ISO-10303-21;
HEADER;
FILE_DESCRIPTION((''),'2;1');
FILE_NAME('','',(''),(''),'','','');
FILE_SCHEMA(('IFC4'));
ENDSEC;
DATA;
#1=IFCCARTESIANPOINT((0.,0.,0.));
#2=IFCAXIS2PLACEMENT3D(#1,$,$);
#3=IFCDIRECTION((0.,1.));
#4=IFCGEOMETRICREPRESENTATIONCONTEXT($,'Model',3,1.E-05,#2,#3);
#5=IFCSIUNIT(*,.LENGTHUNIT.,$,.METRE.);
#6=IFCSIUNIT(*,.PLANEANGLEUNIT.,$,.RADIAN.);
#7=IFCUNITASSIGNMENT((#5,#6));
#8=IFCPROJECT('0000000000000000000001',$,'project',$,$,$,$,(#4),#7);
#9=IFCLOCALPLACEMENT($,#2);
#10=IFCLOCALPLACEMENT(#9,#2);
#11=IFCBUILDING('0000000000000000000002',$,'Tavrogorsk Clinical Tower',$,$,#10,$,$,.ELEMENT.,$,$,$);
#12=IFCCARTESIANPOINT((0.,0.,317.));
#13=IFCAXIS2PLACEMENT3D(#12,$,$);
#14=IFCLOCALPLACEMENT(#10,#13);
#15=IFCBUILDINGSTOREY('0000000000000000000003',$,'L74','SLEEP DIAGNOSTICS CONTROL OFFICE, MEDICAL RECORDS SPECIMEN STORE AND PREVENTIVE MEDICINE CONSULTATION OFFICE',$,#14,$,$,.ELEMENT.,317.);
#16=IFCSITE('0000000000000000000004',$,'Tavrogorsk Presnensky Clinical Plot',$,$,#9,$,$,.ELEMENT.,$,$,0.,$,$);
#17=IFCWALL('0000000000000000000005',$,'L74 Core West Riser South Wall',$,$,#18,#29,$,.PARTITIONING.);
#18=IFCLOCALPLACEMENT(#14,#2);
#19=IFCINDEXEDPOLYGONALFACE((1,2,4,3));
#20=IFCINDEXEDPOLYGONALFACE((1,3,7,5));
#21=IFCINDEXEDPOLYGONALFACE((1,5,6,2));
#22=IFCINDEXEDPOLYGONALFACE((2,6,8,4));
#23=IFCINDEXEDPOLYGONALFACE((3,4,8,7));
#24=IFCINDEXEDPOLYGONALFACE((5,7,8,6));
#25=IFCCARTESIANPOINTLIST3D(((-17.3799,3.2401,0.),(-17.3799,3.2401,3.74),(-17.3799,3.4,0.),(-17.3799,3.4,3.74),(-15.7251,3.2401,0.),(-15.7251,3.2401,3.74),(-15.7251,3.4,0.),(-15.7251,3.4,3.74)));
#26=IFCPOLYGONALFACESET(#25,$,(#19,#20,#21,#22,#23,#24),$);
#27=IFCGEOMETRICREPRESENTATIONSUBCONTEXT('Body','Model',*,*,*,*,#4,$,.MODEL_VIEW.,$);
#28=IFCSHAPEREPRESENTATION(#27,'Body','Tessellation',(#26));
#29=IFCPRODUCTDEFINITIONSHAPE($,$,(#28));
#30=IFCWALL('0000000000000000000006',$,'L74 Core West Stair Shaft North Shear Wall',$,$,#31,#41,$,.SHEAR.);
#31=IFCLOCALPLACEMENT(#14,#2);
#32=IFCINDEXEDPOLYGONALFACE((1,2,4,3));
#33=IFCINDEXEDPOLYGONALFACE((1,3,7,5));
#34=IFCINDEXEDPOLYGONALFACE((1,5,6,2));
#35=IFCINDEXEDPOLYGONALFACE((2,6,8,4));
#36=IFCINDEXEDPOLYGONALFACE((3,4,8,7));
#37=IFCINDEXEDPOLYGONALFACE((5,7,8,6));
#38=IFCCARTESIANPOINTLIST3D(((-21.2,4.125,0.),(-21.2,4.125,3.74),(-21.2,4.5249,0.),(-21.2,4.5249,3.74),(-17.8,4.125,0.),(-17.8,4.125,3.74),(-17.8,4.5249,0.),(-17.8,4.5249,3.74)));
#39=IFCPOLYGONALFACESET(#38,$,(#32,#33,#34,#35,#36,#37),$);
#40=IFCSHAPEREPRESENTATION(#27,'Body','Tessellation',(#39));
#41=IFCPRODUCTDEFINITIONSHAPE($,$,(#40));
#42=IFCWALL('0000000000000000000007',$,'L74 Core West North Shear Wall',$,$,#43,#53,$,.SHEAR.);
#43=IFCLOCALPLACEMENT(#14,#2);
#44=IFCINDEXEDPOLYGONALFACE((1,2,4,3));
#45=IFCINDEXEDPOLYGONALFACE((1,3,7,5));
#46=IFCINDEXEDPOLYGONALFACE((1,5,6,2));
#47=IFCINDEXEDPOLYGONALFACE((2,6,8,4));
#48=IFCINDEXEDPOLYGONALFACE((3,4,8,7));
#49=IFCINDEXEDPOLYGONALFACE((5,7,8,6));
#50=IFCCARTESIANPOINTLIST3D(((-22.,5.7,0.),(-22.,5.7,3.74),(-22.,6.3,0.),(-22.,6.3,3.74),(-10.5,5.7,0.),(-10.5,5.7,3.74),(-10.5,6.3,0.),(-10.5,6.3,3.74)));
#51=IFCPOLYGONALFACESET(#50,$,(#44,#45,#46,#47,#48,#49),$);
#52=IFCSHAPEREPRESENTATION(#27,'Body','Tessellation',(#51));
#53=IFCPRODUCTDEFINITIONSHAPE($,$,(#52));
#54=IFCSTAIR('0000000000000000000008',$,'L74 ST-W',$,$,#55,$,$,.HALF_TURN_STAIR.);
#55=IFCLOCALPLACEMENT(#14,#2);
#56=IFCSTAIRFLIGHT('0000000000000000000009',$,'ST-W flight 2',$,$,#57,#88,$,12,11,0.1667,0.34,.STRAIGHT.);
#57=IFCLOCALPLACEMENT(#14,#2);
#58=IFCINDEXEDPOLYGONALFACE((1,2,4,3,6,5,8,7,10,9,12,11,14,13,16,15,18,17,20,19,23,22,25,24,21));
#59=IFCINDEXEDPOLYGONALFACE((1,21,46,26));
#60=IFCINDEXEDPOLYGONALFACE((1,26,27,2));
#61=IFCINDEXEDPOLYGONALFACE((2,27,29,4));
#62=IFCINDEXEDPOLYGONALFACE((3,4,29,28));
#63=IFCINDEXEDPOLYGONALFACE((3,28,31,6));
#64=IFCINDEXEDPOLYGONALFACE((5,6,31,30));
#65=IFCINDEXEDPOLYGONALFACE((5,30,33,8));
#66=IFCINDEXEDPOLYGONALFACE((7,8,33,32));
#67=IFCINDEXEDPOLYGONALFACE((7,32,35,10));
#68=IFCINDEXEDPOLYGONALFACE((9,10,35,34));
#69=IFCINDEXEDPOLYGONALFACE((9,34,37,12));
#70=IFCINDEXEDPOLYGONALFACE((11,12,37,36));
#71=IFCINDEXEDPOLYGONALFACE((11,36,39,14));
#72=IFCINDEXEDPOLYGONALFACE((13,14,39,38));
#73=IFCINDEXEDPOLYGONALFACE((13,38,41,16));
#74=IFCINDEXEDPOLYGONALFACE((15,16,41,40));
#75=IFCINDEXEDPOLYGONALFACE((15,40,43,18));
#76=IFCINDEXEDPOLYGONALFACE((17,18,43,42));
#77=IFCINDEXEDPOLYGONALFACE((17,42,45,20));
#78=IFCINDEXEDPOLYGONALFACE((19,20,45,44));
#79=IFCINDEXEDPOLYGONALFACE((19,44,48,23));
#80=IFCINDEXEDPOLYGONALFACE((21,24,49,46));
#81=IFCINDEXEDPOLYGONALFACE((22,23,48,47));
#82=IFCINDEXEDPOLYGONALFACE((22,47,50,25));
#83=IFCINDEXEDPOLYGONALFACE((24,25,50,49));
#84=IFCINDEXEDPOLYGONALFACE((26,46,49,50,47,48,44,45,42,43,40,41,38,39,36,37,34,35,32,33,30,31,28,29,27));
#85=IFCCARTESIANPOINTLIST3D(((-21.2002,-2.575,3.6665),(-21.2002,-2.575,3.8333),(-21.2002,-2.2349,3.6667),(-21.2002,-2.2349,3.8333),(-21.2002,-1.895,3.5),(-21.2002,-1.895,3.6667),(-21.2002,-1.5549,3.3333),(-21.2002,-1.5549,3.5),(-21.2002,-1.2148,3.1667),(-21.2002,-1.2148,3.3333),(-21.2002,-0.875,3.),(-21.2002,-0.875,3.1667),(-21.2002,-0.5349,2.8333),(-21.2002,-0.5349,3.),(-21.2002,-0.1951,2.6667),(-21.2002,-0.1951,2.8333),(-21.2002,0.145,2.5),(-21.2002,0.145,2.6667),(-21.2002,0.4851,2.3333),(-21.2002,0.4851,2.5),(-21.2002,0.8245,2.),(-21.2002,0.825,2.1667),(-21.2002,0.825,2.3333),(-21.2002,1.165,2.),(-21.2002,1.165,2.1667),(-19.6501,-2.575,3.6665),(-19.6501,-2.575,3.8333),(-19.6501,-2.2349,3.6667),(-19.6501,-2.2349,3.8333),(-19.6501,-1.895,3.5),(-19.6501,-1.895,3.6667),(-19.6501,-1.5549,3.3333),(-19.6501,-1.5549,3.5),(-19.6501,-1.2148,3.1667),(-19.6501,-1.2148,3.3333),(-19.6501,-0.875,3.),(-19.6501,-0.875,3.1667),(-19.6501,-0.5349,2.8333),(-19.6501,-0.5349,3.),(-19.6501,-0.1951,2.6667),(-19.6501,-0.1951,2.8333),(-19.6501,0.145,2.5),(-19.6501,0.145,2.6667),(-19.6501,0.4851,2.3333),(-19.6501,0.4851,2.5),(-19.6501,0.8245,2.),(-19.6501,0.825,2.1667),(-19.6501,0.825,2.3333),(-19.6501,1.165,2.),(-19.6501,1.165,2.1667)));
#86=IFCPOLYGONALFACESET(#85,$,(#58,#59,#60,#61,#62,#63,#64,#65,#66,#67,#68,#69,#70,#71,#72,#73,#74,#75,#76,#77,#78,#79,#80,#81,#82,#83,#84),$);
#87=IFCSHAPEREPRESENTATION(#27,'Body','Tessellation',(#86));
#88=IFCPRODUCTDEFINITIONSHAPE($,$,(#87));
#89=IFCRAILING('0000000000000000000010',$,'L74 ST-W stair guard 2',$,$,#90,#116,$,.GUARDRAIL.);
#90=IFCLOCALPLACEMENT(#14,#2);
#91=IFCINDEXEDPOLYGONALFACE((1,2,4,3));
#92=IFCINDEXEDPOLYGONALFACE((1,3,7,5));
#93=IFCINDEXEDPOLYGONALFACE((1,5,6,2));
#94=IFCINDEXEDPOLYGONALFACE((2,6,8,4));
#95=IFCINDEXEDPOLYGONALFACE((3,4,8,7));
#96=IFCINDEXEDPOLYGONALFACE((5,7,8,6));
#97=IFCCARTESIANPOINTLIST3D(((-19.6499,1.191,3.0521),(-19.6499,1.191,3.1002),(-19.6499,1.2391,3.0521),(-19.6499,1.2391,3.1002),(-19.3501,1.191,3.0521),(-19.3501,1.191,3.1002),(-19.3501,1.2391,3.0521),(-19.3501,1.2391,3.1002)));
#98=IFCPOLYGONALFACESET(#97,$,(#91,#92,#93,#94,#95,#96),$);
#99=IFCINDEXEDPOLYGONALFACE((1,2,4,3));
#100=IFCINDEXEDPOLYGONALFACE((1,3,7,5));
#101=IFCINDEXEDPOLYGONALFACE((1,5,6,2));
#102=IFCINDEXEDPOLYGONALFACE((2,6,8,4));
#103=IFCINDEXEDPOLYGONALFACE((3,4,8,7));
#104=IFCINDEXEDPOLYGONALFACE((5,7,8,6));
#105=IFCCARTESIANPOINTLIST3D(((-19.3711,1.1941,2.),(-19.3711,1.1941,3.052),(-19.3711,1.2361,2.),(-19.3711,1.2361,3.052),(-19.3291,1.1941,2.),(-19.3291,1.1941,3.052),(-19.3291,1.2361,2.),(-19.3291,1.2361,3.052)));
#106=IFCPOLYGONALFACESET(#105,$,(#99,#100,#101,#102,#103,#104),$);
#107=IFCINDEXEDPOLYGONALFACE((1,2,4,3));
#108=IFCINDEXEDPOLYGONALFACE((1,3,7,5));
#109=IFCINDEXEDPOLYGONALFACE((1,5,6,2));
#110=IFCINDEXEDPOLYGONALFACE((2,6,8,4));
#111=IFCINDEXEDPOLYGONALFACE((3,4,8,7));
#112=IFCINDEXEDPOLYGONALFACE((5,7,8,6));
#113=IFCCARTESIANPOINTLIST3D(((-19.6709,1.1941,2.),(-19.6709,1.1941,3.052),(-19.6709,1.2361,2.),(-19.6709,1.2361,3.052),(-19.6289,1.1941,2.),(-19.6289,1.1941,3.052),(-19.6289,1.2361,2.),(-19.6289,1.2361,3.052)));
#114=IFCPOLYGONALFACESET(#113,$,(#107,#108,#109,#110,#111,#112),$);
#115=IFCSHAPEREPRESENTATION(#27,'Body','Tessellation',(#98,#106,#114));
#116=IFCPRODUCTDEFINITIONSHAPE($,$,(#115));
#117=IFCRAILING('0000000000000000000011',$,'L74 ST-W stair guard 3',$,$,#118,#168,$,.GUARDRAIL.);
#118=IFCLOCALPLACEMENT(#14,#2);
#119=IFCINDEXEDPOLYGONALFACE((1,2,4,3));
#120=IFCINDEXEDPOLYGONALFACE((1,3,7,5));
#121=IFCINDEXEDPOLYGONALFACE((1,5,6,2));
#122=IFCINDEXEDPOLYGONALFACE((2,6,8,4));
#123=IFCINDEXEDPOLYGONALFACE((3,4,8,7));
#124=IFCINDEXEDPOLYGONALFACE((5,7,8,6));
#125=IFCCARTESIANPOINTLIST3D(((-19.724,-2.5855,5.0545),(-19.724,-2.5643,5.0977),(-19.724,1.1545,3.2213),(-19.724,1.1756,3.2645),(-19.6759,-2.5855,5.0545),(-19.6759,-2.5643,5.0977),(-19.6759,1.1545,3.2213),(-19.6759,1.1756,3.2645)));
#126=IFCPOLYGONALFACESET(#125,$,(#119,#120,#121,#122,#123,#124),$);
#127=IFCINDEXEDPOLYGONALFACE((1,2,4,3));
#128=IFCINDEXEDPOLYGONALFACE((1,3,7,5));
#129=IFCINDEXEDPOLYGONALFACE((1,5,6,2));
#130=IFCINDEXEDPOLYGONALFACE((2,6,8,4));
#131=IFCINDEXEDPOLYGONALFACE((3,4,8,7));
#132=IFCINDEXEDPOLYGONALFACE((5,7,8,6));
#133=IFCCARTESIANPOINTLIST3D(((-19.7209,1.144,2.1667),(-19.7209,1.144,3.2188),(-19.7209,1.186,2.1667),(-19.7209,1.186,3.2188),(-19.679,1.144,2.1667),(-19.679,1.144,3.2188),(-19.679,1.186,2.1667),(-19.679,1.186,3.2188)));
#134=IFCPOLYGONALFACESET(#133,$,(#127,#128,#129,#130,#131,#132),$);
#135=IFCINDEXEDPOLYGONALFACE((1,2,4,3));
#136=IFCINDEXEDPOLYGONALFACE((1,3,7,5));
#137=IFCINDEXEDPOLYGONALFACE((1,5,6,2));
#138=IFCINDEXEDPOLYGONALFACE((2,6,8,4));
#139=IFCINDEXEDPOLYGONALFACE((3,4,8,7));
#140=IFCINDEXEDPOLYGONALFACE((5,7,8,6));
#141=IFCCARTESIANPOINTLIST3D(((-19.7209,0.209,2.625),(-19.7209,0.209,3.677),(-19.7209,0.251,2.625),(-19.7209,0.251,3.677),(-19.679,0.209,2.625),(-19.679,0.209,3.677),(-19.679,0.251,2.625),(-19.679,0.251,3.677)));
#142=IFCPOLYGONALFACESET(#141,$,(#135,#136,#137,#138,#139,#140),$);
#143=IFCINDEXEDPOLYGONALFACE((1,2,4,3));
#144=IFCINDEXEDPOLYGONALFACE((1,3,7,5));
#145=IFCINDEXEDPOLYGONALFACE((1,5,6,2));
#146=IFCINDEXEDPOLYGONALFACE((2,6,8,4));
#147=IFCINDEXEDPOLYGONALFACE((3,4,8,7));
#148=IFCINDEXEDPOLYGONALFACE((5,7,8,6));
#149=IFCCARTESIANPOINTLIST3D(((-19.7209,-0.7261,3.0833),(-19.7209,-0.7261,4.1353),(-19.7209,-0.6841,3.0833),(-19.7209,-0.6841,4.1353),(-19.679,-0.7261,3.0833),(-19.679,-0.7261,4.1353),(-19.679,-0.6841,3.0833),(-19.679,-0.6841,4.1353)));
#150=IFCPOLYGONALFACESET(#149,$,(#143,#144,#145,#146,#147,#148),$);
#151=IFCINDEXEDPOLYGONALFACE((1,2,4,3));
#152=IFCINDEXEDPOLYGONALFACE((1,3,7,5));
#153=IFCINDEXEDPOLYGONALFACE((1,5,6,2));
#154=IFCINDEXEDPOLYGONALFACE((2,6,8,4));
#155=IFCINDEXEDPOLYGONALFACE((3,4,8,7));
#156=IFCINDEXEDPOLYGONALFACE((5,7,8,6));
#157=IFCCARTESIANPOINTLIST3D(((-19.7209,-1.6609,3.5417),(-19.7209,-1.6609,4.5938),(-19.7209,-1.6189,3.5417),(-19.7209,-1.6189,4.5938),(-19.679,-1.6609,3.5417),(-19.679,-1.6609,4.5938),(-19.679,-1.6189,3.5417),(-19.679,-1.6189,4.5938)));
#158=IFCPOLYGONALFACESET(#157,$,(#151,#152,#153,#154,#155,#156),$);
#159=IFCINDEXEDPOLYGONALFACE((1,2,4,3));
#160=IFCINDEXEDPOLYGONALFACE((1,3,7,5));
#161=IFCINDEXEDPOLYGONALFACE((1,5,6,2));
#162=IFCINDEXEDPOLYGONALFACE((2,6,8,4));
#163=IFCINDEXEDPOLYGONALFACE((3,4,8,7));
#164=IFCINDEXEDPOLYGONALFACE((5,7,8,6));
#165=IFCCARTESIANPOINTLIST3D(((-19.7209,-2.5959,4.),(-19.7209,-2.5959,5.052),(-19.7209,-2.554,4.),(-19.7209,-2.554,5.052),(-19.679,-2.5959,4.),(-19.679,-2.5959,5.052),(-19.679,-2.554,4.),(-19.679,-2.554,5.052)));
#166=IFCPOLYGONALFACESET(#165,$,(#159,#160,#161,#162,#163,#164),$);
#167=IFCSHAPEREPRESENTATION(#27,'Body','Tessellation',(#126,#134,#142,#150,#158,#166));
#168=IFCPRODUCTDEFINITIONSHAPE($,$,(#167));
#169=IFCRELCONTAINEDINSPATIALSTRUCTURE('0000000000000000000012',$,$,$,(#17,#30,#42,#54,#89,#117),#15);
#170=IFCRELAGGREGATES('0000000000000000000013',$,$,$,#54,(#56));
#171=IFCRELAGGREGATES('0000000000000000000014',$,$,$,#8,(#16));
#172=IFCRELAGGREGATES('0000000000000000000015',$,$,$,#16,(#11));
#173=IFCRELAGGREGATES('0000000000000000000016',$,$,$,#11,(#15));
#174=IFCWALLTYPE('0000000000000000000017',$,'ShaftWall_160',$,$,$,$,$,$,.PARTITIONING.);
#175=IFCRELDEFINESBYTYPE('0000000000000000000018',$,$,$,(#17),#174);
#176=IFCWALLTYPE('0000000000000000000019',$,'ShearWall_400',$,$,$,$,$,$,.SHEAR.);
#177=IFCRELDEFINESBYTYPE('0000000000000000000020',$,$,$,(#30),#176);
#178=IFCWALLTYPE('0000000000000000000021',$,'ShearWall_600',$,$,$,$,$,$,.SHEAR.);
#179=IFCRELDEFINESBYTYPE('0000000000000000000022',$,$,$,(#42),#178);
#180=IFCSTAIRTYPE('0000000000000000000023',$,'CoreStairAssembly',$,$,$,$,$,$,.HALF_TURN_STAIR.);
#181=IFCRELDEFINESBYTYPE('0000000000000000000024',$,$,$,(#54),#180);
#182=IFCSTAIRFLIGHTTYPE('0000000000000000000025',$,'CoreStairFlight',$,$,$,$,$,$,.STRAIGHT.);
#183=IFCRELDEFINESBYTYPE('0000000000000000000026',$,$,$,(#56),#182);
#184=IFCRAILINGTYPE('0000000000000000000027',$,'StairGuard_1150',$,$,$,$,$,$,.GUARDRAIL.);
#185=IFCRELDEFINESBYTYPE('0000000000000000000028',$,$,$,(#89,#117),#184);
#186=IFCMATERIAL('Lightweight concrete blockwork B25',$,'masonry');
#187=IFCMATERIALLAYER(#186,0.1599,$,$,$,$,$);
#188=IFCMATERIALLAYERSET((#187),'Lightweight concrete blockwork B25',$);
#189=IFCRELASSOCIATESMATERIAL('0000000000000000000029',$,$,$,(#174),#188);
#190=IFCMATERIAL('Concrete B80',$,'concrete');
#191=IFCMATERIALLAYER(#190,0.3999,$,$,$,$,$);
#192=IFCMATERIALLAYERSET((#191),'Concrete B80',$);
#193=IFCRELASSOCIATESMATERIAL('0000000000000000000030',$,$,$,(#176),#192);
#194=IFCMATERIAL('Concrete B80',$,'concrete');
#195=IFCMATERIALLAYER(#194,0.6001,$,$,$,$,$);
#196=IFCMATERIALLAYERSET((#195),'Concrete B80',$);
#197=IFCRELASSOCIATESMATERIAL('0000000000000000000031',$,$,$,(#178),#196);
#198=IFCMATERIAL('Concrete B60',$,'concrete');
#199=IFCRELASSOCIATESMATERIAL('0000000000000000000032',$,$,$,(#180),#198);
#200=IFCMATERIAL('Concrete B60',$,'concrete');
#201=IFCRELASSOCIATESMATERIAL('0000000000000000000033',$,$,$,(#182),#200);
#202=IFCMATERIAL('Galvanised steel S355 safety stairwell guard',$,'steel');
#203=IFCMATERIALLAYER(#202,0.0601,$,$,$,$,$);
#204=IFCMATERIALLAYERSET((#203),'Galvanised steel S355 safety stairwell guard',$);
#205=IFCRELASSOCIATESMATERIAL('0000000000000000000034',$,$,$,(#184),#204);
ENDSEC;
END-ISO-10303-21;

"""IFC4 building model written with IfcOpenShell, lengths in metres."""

from ifc_helpers import new_model, si_unit, direction, frame, frame_2d, origin, origin_2d, place, context, subcontext, project, spatial, polyline, rectangle, outline, extrude, material, layer, layer_set, type_object, element, aggregate, save


model = new_model("IFC4")

# Units and contexts
model_context = context("Model", 3, precision=1e-05, world=origin(), true_north=direction((0.0, 1.0)))
body_context = subcontext(model_context, "Body", "Model", "MODEL_VIEW")
ifc_project = project(units=[si_unit("LENGTHUNIT", "METRE"), si_unit("PLANEANGLEUNIT", "RADIAN")], contexts=[model_context])

# Site, building, storey
site_placement = place(None, origin())
site = spatial("IfcSite", under=ifc_project, at=site_placement, Name="Tavrogorsk Presnensky Clinical Plot", CompositionType="ELEMENT", RefElevation=0.0)
building_placement = place(site_placement, origin())
building = spatial("IfcBuilding", under=site, at=building_placement, Name="Tavrogorsk Clinical Tower", CompositionType="ELEMENT")
storey_placement = place(building_placement, frame((0.0, 0.0, 317.0)))
storey = spatial("IfcBuildingStorey", under=building, at=storey_placement, Name="L74", Description="SLEEP DIAGNOSTICS CONTROL OFFICE, MEDICAL RECORDS SPECIMEN STORE AND PREVENTIVE MEDICINE CONSULTATION OFFICE", CompositionType="ELEMENT", Elevation=317.0)

# Walls
ifc_material_1 = material(Name="Lightweight concrete blockwork B25", Category="masonry")
ifc_layer_1 = layer(ifc_material_1, 0.1599)
ifc_layer_set_1 = layer_set([ifc_layer_1], Name="Lightweight concrete blockwork B25")
wall_type_1 = type_object("IfcWallType", Name="ShaftWall_160", PredefinedType="PARTITIONING", material=ifc_layer_set_1)
wall_1_placement = place(storey_placement, frame((-17.3799, 3.3201, 0.0), z_axis=(0.0, 0.0, 1.0), x_axis=(1.0, 0.0, 0.0)))
element("IfcWall", 1, at=wall_1_placement, inside=storey, type_object=wall_type_1, Name="L74 Core West Riser South Wall", PredefinedType="PARTITIONING", context=body_context, shape_type="SweptSolid", body=[
    extrude(rectangle(XDim=1.6548, YDim=0.1599, at=frame_2d((0.8274, 0.0))), origin(), (0.0, 0.0, 1.0), 3.74),
])
ifc_material_2 = material(Name="Concrete B80", Category="concrete")
ifc_layer_2 = layer(ifc_material_2, 0.3999)
ifc_layer_set_2 = layer_set([ifc_layer_2], Name="Concrete B80")
wall_type_2 = type_object("IfcWallType", Name="ShearWall_400", PredefinedType="SHEAR", material=ifc_layer_set_2)
wall_2_placement = place(storey_placement, frame((-21.2, 4.325, 0.0), z_axis=(0.0, 0.0, 1.0), x_axis=(1.0, 0.0, 0.0)))
element("IfcWall", 2, at=wall_2_placement, inside=storey, type_object=wall_type_2, Name="L74 Core West Stair Shaft North Shear Wall", PredefinedType="SHEAR", context=body_context, shape_type="SweptSolid", body=[
    extrude(rectangle(XDim=3.3999, YDim=0.3999, at=frame_2d((1.7, 0.0))), origin(), (0.0, 0.0, 1.0), 3.74),
])
ifc_material_3 = material(Name="Concrete B80", Category="concrete")
ifc_layer_3 = layer(ifc_material_3, 0.6001)
ifc_layer_set_3 = layer_set([ifc_layer_3], Name="Concrete B80")
wall_type_3 = type_object("IfcWallType", Name="ShearWall_600", PredefinedType="SHEAR", material=ifc_layer_set_3)
wall_3_placement = place(storey_placement, frame((-22.0, 6.0, 0.0), z_axis=(0.0, 0.0, 1.0), x_axis=(1.0, 0.0, 0.0)))
element("IfcWall", 3, at=wall_3_placement, inside=storey, type_object=wall_type_3, Name="L74 Core West North Shear Wall", PredefinedType="SHEAR", context=body_context, shape_type="SweptSolid", body=[
    extrude(rectangle(XDim=11.5, YDim=0.6001, at=frame_2d((5.75, 0.0))), origin(), (0.0, 0.0, 1.0), 3.74),
])

# Stair, stair flight
ifc_material_4 = material(Name="Concrete B60", Category="concrete")
stair_type = type_object("IfcStairType", Name="CoreStairAssembly", PredefinedType="HALF_TURN_STAIR", material=ifc_material_4)
stair_placement = place(storey_placement, origin())
stair = element("IfcStair", 4, at=stair_placement, inside=storey, type_object=stair_type, Name="L74 ST-W", PredefinedType="HALF_TURN_STAIR")
ifc_material_5 = material(Name="Concrete B60", Category="concrete")
stair_flight_type = type_object("IfcStairFlightType", Name="CoreStairFlight", PredefinedType="STRAIGHT", material=ifc_material_5)
stair_flight_placement = place(storey_placement, frame((-20.425, 1.165, 2.0), z_axis=(0.0, 0.0, 1.0), x_axis=(0.0, -1.0, 0.0)))
stair_flight = element("IfcStairFlight", 5, at=stair_flight_placement, type_object=stair_flight_type, Name="ST-W flight 2", NumberOfRisers=12, NumberOfTreads=11, PredefinedType="STRAIGHT", RiserHeight=0.1667, TreadLength=0.34, context=body_context, shape_type="SweptSolid", body=[
    extrude(outline(polyline([(0.0, 0.0), (0.0, 0.1667), (0.3401, 0.1667), (0.3401, 0.3333), (0.6799, 0.3333), (0.6799, 0.5), (1.02, 0.5), (1.02, 0.6667), (1.3601, 0.6667), (1.3601, 0.8333), (1.7, 0.8333), (1.7, 1.0), (2.04, 1.0), (2.04, 1.1667), (2.3799, 1.1667), (2.3799, 1.3333), (2.72, 1.3333), (2.72, 1.5), (3.0601, 1.5), (3.0601, 1.6667), (3.3999, 1.6667), (3.3999, 1.8333), (3.74, 1.8333), (3.74, 2.0), (3.74, 1.6665), (0.3406, 0.0), (0.0, 0.0)])), frame((0.0, 0.7749, 0.0), z_axis=(0.0, -1.0, 0.0), x_axis=(1.0, 0.0, 0.0)), (0.0, 0.0, 1.0), 1.55),
])
aggregate(stair, [stair_flight])

# Railings
ifc_material_6 = material(Name="Galvanised steel S355 safety stairwell guard", Category="steel")
ifc_layer_4 = layer(ifc_material_6, 0.0601)
ifc_layer_set_4 = layer_set([ifc_layer_4], Name="Galvanised steel S355 safety stairwell guard")
railing_type_1 = type_object("IfcRailingType", Name="StairGuard_1150", PredefinedType="GUARDRAIL", material=ifc_layer_set_4)
railing_1_placement = place(storey_placement, frame((-19.3501, 1.2151, 2.0)))
element("IfcRailing", 6, at=railing_1_placement, inside=storey, type_object=railing_type_1, Name="L74 ST-W stair guard 2", PredefinedType="GUARDRAIL", context=body_context, shape_type="SweptSolid", body=[
    extrude(rectangle(XDim=0.0481, YDim=0.0481, at=origin_2d()), frame((0.0, 0.0, 1.0762), z_axis=(-1.0, 0.0, 0.0), x_axis=(0.0, -1.0, 0.0)), (0.0, 0.0, 1.0), 0.2998),
    extrude(rectangle(XDim=0.042, YDim=0.042, at=origin_2d()), origin(), (0.0, 0.0, 1.0), 1.052),
    extrude(rectangle(XDim=0.042, YDim=0.042, at=origin_2d()), frame((-0.2998, 0.0, 0.0)), (0.0, 0.0, 1.0), 1.052),
])
railing_2_placement = place(storey_placement, frame((-19.7, 1.165, 2.1667)))
element("IfcRailing", 7, at=railing_2_placement, inside=storey, type_object=railing_type_1, Name="L74 ST-W stair guard 3", PredefinedType="GUARDRAIL", context=body_context, shape_type="SweptSolid", body=[
    extrude(rectangle(XDim=0.0481, YDim=0.0481, at=origin_2d()), frame((0.0, 0.0, 1.0762), z_axis=(0.0, -0.897928, 0.440142), x_axis=(1.0, 0.0, 0.0)), (0.0, 0.0, 1.0), 4.165),
    extrude(rectangle(XDim=0.042, YDim=0.042, at=origin_2d()), origin(), (0.0, 0.0, 1.0), 1.052),
    extrude(rectangle(XDim=0.042, YDim=0.042, at=origin_2d()), frame((0.0, -0.9351, 0.4583)), (0.0, 0.0, 1.0), 1.052),
    extrude(rectangle(XDim=0.042, YDim=0.042, at=origin_2d()), frame((0.0, -1.8701, 0.9165)), (0.0, 0.0, 1.0), 1.052),
    extrude(rectangle(XDim=0.042, YDim=0.042, at=origin_2d()), frame((0.0, -2.8049, 1.375)), (0.0, 0.0, 1.0), 1.052),
    extrude(rectangle(XDim=0.042, YDim=0.042, at=origin_2d()), frame((0.0, -3.74, 1.8333)), (0.0, 0.0, 1.0), 1.052),
])

save(model, "model.ifc")
